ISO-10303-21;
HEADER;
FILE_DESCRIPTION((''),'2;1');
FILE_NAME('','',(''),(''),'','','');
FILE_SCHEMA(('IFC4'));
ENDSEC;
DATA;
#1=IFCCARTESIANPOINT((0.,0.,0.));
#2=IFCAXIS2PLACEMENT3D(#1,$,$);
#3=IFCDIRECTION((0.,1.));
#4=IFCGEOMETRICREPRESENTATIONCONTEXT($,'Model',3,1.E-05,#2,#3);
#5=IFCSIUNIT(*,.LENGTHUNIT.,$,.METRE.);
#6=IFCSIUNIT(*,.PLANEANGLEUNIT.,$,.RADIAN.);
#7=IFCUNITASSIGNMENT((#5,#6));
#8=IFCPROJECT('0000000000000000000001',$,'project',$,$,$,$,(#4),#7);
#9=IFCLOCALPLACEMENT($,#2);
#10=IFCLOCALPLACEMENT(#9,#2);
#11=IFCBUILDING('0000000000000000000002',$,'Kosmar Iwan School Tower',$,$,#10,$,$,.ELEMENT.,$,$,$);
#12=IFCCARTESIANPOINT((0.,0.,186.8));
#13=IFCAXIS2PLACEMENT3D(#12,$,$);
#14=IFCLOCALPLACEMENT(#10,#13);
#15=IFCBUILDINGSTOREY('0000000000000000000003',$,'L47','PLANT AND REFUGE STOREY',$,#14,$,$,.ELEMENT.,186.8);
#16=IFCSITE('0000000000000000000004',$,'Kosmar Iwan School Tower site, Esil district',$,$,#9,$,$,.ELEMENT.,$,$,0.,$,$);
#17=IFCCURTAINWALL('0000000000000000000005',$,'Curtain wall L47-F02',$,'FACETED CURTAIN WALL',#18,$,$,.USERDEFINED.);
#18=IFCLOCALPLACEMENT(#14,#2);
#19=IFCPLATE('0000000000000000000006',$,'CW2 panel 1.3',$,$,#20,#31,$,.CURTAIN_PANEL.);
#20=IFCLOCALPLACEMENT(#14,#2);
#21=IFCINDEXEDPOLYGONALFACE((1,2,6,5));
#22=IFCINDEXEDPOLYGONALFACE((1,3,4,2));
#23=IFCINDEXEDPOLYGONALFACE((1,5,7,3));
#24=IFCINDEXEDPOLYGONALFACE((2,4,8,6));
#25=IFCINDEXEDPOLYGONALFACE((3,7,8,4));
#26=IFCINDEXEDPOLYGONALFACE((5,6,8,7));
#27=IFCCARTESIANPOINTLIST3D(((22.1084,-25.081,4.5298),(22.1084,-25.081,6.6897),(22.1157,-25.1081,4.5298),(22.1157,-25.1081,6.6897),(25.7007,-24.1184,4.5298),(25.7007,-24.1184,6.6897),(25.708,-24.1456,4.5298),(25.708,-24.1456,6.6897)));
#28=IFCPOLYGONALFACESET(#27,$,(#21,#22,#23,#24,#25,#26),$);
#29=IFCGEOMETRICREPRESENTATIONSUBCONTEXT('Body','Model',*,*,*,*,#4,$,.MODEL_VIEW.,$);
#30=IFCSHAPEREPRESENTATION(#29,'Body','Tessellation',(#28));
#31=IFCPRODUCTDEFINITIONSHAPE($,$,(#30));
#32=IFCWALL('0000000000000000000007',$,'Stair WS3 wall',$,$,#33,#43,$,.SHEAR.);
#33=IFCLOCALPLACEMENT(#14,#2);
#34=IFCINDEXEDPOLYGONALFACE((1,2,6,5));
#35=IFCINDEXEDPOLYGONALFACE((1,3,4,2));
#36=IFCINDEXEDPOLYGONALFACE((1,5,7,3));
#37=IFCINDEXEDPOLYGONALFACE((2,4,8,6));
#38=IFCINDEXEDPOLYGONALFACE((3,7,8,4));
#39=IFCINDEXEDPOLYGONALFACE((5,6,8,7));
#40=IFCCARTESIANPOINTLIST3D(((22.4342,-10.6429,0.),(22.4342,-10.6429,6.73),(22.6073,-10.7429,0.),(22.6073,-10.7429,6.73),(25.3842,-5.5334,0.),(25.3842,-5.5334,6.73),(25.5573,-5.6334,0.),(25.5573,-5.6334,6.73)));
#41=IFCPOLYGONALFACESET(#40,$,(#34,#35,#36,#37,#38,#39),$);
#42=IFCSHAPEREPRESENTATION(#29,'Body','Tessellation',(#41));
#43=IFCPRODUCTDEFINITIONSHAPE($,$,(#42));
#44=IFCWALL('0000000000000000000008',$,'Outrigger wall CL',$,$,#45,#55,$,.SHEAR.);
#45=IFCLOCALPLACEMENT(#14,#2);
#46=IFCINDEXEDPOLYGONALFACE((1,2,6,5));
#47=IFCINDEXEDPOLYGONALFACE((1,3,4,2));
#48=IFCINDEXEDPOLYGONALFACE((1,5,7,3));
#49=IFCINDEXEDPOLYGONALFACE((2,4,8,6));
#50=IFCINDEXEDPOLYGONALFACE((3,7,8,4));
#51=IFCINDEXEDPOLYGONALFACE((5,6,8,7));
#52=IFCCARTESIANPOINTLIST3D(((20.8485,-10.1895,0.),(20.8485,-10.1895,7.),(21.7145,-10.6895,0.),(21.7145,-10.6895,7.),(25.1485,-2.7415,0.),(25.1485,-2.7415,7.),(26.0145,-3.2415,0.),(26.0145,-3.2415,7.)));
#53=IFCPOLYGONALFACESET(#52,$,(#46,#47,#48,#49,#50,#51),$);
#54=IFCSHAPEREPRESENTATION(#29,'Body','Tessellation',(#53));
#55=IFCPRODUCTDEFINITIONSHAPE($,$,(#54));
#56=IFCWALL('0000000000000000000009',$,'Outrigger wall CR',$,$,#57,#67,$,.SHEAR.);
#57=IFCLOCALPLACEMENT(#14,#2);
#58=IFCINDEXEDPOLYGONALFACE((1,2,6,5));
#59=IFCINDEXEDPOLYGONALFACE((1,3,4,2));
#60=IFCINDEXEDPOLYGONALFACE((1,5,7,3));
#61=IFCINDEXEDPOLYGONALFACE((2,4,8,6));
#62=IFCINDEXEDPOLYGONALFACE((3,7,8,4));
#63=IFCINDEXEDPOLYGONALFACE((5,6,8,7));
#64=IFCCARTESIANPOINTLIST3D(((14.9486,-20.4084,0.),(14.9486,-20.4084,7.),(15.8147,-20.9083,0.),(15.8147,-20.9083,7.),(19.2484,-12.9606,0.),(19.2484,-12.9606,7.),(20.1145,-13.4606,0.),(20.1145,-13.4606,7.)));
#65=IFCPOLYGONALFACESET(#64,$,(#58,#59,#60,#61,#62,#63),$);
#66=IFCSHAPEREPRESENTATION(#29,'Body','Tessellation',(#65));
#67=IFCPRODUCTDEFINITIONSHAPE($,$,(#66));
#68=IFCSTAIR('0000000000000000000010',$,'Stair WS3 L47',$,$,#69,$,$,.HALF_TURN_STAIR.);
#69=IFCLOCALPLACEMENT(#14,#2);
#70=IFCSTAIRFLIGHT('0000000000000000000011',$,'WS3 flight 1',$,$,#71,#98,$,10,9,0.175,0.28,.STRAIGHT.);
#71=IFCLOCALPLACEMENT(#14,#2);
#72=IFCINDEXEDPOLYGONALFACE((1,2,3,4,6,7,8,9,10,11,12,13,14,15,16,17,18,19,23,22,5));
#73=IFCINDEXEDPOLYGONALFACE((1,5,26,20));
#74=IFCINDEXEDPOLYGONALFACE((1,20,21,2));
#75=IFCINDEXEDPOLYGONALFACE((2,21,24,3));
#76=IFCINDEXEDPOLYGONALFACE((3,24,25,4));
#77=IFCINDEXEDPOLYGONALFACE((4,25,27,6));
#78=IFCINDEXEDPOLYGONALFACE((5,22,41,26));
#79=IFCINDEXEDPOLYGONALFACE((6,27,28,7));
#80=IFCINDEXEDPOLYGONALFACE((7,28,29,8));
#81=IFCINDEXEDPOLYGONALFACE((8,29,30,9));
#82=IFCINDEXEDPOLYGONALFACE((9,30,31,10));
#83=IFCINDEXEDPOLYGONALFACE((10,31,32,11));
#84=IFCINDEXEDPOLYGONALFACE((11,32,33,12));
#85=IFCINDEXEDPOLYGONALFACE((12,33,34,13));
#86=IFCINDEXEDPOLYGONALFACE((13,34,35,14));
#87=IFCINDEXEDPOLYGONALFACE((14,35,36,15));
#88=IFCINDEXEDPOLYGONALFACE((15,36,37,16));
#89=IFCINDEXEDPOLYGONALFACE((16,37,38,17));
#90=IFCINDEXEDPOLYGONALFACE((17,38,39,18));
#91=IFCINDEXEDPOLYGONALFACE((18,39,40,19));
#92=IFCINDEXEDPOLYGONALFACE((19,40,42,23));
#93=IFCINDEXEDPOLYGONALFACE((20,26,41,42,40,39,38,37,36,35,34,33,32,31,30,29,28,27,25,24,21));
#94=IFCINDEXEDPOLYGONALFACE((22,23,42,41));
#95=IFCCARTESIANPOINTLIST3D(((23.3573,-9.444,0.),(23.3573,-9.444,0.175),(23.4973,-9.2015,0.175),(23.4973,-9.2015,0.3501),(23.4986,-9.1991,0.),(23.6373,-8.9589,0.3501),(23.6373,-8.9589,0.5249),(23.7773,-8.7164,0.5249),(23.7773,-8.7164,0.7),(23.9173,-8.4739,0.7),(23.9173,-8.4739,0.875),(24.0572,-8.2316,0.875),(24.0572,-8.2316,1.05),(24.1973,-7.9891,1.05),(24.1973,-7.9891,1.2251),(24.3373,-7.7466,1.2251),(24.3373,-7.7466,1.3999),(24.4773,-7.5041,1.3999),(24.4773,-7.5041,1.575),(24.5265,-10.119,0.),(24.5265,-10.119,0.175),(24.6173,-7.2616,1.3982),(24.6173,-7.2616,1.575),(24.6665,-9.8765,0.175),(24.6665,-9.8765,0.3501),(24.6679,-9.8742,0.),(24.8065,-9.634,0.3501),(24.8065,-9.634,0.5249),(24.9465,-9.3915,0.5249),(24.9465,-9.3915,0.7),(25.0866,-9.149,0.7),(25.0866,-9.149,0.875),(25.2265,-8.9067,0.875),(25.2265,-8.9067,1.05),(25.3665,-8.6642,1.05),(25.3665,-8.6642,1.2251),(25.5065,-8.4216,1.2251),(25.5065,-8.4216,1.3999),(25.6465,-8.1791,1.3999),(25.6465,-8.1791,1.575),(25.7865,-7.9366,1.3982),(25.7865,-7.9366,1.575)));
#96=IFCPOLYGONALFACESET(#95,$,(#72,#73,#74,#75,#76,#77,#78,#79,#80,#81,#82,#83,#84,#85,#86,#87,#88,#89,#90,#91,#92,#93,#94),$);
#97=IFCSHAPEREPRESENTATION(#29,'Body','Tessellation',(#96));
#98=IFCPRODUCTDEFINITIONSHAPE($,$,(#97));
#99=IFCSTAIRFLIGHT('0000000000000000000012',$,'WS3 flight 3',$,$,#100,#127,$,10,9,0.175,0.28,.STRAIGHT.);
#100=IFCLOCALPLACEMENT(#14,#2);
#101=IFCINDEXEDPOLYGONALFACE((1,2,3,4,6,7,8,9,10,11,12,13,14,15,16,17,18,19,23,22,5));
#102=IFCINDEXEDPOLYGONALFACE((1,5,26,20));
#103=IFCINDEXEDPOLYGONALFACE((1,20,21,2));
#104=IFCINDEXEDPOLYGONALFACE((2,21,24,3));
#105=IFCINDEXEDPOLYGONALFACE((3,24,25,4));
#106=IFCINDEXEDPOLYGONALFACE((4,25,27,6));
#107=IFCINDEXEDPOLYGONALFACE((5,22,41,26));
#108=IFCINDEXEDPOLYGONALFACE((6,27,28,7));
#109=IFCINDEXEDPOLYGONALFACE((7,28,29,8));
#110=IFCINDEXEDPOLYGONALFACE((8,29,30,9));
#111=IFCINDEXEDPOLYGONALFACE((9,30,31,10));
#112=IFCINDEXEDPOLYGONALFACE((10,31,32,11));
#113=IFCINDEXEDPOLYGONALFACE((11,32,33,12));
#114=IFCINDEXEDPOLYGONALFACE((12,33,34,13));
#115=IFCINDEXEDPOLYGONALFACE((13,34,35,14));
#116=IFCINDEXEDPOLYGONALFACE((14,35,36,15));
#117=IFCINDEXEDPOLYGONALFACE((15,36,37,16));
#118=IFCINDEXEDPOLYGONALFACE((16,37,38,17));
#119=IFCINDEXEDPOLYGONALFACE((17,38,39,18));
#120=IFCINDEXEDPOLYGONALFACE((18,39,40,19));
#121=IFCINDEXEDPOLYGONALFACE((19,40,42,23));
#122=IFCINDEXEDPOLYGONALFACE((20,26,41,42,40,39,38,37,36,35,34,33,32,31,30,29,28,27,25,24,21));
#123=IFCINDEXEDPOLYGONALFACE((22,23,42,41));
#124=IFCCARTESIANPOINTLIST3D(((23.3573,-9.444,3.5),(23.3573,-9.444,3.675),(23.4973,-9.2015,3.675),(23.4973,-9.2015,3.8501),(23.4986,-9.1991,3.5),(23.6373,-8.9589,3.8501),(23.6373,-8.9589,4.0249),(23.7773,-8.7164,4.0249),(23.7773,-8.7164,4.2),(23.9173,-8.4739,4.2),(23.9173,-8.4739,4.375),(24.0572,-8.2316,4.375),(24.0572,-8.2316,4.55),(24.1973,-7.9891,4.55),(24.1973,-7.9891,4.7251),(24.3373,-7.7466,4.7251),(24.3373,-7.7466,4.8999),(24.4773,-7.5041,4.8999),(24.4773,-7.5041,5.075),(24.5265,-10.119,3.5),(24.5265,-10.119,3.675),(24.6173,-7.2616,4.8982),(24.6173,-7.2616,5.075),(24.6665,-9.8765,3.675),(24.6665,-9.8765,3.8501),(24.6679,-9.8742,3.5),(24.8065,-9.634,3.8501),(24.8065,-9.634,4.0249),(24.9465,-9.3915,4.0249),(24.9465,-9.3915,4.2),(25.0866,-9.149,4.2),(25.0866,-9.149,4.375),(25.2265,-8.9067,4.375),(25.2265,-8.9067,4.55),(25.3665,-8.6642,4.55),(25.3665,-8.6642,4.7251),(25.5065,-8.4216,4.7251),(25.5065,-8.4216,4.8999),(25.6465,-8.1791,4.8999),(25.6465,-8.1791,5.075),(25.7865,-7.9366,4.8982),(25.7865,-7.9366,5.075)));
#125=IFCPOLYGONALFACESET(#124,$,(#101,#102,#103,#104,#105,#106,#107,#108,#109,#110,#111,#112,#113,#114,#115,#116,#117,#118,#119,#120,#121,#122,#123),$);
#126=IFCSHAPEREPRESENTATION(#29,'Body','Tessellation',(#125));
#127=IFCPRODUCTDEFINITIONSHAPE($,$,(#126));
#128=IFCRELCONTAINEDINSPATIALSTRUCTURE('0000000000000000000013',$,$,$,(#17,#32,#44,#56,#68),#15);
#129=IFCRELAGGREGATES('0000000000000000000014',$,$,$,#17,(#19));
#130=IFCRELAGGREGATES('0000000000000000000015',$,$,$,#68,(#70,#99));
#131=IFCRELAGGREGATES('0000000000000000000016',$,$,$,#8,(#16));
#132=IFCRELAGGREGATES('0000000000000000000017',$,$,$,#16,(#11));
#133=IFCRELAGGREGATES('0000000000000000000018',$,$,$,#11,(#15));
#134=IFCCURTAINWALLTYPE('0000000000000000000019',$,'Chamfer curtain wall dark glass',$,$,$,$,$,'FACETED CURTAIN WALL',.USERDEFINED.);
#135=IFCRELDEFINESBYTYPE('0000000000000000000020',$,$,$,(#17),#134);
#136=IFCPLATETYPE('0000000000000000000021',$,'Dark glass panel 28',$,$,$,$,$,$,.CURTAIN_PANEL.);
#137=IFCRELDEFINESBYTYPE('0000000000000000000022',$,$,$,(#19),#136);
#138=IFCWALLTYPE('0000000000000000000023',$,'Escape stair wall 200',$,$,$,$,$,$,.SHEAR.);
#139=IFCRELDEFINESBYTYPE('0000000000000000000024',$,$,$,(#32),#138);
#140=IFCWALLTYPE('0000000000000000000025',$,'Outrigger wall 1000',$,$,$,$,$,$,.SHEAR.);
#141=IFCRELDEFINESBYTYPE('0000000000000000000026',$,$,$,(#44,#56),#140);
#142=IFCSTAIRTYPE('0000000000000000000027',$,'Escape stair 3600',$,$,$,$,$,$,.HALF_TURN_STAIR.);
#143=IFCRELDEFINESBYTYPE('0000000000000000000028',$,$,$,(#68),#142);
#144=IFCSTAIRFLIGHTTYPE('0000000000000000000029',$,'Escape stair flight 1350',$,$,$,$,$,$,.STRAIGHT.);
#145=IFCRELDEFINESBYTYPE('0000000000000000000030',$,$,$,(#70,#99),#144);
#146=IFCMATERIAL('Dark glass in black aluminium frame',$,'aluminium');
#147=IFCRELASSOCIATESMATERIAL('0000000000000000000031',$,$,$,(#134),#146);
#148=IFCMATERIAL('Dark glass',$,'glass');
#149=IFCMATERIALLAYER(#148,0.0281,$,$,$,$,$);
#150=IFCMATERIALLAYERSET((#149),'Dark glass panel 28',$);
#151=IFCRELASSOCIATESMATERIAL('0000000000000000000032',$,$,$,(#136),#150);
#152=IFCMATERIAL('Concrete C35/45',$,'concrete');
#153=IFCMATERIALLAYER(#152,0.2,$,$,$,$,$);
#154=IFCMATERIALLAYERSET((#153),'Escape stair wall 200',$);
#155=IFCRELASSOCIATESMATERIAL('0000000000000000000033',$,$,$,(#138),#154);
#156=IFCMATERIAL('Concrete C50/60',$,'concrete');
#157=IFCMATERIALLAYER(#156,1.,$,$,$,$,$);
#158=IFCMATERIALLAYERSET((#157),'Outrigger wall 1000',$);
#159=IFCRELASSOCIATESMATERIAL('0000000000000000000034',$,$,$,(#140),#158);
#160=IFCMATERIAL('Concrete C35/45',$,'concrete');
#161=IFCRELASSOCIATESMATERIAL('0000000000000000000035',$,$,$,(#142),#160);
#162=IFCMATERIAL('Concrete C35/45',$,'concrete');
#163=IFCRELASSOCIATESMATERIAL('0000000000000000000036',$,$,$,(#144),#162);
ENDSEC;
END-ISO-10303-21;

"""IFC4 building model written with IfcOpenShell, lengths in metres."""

from ifc_helpers import new_model, si_unit, direction, frame, frame_2d, origin, origin_2d, place, context, subcontext, project, spatial, polyline, rectangle, outline, extrude, material, layer, layer_set, type_object, element, aggregate, save


model = new_model("IFC4")

# Units and contexts
model_context = context("Model", 3, precision=1e-05, world=origin(), true_north=direction((0.0, 1.0)))
body_context = subcontext(model_context, "Body", "Model", "MODEL_VIEW")
ifc_project = project(units=[si_unit("LENGTHUNIT", "METRE"), si_unit("PLANEANGLEUNIT", "RADIAN")], contexts=[model_context])

# Site, building, storey
site_placement = place(None, origin())
site = spatial("IfcSite", under=ifc_project, at=site_placement, Name="Kosmar Iwan School Tower site, Esil district", CompositionType="ELEMENT", RefElevation=0.0)
building_placement = place(site_placement, origin())
building = spatial("IfcBuilding", under=site, at=building_placement, Name="Kosmar Iwan School Tower", CompositionType="ELEMENT")
storey_placement = place(building_placement, frame((0.0, 0.0, 186.8)))
storey = spatial("IfcBuildingStorey", under=building, at=storey_placement, Name="L47", Description="PLANT AND REFUGE STOREY", CompositionType="ELEMENT", Elevation=186.8)

# Curtain wall
ifc_material_1 = material(Name="Dark glass in black aluminium frame", Category="aluminium")
curtain_wall_type = type_object("IfcCurtainWallType", Name="Chamfer curtain wall dark glass", ElementType="FACETED CURTAIN WALL", PredefinedType="USERDEFINED", material=ifc_material_1)
curtain_wall_placement = place(storey_placement, origin())
curtain_wall = element("IfcCurtainWall", 1, at=curtain_wall_placement, inside=storey, type_object=curtain_wall_type, Name="Curtain wall L47-F02", ObjectType="FACETED CURTAIN WALL", PredefinedType="USERDEFINED")

# Plate
ifc_material_2 = material(Name="Dark glass", Category="glass")
ifc_layer_1 = layer(ifc_material_2, 0.0281)
ifc_layer_set_1 = layer_set([ifc_layer_1], Name="Dark glass panel 28")
plate_type = type_object("IfcPlateType", Name="Dark glass panel 28", PredefinedType="CURTAIN_PANEL", material=ifc_layer_set_1)
plate_1_placement = place(storey_placement, frame((23.9082, -24.6133, 4.5298), z_axis=(0.0, 0.0, 1.0), x_axis=(0.965926, 0.258819, 0.0)))
plate_1 = element("IfcPlate", 2, at=plate_1_placement, type_object=plate_type, Name="CW2 panel 1.3", PredefinedType="CURTAIN_PANEL", context=body_context, shape_type="SweptSolid", body=[
    extrude(rectangle(XDim=3.719, YDim=0.0281, at=origin_2d()), origin(), (0.0, 0.0, 1.0), 2.1599),
])
aggregate(curtain_wall, [plate_1])

# Walls
ifc_material_3 = material(Name="Concrete C35/45", Category="concrete")
ifc_layer_2 = layer(ifc_material_3, 0.2)
ifc_layer_set_2 = layer_set([ifc_layer_2], Name="Escape stair wall 200")
wall_type_1 = type_object("IfcWallType", Name="Escape stair wall 200", PredefinedType="SHEAR", material=ifc_layer_set_2)
wall_1_placement = place(storey_placement, frame((22.5208, -10.6929, 0.0), z_axis=(0.0, 0.0, 1.0), x_axis=(0.500007, 0.866022, 0.0)))
element("IfcWall", 3, at=wall_1_placement, inside=storey, type_object=wall_type_1, Name="Stair WS3 wall", PredefinedType="SHEAR", context=body_context, shape_type="SweptSolid", body=[
    extrude(rectangle(XDim=5.8999, YDim=0.2, at=frame_2d((2.95, 0.0))), origin(), (0.0, 0.0, 1.0), 6.73),
])
ifc_material_4 = material(Name="Concrete C50/60", Category="concrete")
ifc_layer_3 = layer(ifc_material_4, 1.0)
ifc_layer_set_3 = layer_set([ifc_layer_3], Name="Outrigger wall 1000")
wall_type_2 = type_object("IfcWallType", Name="Outrigger wall 1000", PredefinedType="SHEAR", material=ifc_layer_set_3)
wall_2_placement = place(storey_placement, frame((21.2815, -10.4395, 0.0), z_axis=(0.0, 0.0, 1.0), x_axis=(0.499995, 0.866028, 0.0)))
element("IfcWall", 4, at=wall_2_placement, inside=storey, type_object=wall_type_2, Name="Outrigger wall CL", PredefinedType="SHEAR", context=body_context, shape_type="SweptSolid", body=[
    extrude(rectangle(XDim=8.6001, YDim=1.0, at=frame_2d((4.3, 0.0))), origin(), (0.0, 0.0, 1.0), 7.0),
])
wall_3_placement = place(storey_placement, frame((19.6814, -13.2107, 0.0), z_axis=(0.0, 0.0, 1.0), x_axis=(-0.499986, -0.866033, 0.0)))
element("IfcWall", 5, at=wall_3_placement, inside=storey, type_object=wall_type_2, Name="Outrigger wall CR", PredefinedType="SHEAR", context=body_context, shape_type="SweptSolid", body=[
    extrude(rectangle(XDim=8.5999, YDim=1.0, at=frame_2d((4.2998, 0.0))), origin(), (0.0, 0.0, 1.0), 7.0),
])

# Stair, stair flights
ifc_material_5 = material(Name="Concrete C35/45", Category="concrete")
stair_type = type_object("IfcStairType", Name="Escape stair 3600", PredefinedType="HALF_TURN_STAIR", material=ifc_material_5)
stair_placement = place(storey_placement, origin())
stair = element("IfcStair", 6, at=stair_placement, inside=storey, type_object=stair_type, Name="Stair WS3 L47", PredefinedType="HALF_TURN_STAIR")
ifc_material_6 = material(Name="Concrete C35/45", Category="concrete")
stair_flight_type = type_object("IfcStairFlightType", Name="Escape stair flight 1350", PredefinedType="STRAIGHT", material=ifc_material_6)
stair_flight_1_placement = place(storey_placement, frame((23.9419, -9.7815, 0.0), z_axis=(0.0, 0.0, 1.0), x_axis=(0.5, 0.866025, 0.0)))
stair_flight_1 = element("IfcStairFlight", 7, at=stair_flight_1_placement, type_object=stair_flight_type, Name="WS3 flight 1", NumberOfRisers=10, NumberOfTreads=9, PredefinedType="STRAIGHT", RiserHeight=0.175, TreadLength=0.28, context=body_context, shape_type="SweptSolid", body=[
    extrude(outline(polyline([(0.0, 0.0), (0.0, 0.175), (0.28, 0.175), (0.28, 0.3501), (0.5601, 0.3501), (0.5601, 0.5249), (0.8401, 0.5249), (0.8401, 0.7), (1.1201, 0.7), (1.1201, 0.875), (1.3999, 0.875), (1.3999, 1.05), (1.6799, 1.05), (1.6799, 1.2251), (1.96, 1.2251), (1.96, 1.3999), (2.24, 1.3999), (2.24, 1.575), (2.52, 1.575), (2.52, 1.75), (2.52, 1.3982), (0.2827, 0.0), (0.0, 0.0)])), frame((0.0, 0.675, 0.0), z_axis=(0.0, -1.0, 0.0), x_axis=(1.0, 0.0, 0.0)), (0.0, 0.0, 1.0), 1.3501),
])
stair_flight_2_placement = place(storey_placement, frame((23.9419, -9.7815, 3.5), z_axis=(0.0, 0.0, 1.0), x_axis=(0.5, 0.866025, 0.0)))
stair_flight_2 = element("IfcStairFlight", 8, at=stair_flight_2_placement, type_object=stair_flight_type, Name="WS3 flight 3", NumberOfRisers=10, NumberOfTreads=9, PredefinedType="STRAIGHT", RiserHeight=0.175, TreadLength=0.28, context=body_context, shape_type="SweptSolid", body=[
    extrude(outline(polyline([(0.0, 0.0), (0.0, 0.175), (0.28, 0.175), (0.28, 0.3501), (0.5601, 0.3501), (0.5601, 0.5249), (0.8401, 0.5249), (0.8401, 0.7), (1.1201, 0.7), (1.1201, 0.875), (1.3999, 0.875), (1.3999, 1.05), (1.6799, 1.05), (1.6799, 1.2251), (1.96, 1.2251), (1.96, 1.3999), (2.24, 1.3999), (2.24, 1.575), (2.52, 1.575), (2.52, 1.75), (2.52, 1.3982), (0.2827, 0.0), (0.0, 0.0)])), frame((0.0, 0.675, 0.0), z_axis=(0.0, -1.0, 0.0), x_axis=(1.0, 0.0, 0.0)), (0.0, 0.0, 1.0), 1.3501),
])
aggregate(stair, [stair_flight_1, stair_flight_2])

save(model, "model.ifc")
